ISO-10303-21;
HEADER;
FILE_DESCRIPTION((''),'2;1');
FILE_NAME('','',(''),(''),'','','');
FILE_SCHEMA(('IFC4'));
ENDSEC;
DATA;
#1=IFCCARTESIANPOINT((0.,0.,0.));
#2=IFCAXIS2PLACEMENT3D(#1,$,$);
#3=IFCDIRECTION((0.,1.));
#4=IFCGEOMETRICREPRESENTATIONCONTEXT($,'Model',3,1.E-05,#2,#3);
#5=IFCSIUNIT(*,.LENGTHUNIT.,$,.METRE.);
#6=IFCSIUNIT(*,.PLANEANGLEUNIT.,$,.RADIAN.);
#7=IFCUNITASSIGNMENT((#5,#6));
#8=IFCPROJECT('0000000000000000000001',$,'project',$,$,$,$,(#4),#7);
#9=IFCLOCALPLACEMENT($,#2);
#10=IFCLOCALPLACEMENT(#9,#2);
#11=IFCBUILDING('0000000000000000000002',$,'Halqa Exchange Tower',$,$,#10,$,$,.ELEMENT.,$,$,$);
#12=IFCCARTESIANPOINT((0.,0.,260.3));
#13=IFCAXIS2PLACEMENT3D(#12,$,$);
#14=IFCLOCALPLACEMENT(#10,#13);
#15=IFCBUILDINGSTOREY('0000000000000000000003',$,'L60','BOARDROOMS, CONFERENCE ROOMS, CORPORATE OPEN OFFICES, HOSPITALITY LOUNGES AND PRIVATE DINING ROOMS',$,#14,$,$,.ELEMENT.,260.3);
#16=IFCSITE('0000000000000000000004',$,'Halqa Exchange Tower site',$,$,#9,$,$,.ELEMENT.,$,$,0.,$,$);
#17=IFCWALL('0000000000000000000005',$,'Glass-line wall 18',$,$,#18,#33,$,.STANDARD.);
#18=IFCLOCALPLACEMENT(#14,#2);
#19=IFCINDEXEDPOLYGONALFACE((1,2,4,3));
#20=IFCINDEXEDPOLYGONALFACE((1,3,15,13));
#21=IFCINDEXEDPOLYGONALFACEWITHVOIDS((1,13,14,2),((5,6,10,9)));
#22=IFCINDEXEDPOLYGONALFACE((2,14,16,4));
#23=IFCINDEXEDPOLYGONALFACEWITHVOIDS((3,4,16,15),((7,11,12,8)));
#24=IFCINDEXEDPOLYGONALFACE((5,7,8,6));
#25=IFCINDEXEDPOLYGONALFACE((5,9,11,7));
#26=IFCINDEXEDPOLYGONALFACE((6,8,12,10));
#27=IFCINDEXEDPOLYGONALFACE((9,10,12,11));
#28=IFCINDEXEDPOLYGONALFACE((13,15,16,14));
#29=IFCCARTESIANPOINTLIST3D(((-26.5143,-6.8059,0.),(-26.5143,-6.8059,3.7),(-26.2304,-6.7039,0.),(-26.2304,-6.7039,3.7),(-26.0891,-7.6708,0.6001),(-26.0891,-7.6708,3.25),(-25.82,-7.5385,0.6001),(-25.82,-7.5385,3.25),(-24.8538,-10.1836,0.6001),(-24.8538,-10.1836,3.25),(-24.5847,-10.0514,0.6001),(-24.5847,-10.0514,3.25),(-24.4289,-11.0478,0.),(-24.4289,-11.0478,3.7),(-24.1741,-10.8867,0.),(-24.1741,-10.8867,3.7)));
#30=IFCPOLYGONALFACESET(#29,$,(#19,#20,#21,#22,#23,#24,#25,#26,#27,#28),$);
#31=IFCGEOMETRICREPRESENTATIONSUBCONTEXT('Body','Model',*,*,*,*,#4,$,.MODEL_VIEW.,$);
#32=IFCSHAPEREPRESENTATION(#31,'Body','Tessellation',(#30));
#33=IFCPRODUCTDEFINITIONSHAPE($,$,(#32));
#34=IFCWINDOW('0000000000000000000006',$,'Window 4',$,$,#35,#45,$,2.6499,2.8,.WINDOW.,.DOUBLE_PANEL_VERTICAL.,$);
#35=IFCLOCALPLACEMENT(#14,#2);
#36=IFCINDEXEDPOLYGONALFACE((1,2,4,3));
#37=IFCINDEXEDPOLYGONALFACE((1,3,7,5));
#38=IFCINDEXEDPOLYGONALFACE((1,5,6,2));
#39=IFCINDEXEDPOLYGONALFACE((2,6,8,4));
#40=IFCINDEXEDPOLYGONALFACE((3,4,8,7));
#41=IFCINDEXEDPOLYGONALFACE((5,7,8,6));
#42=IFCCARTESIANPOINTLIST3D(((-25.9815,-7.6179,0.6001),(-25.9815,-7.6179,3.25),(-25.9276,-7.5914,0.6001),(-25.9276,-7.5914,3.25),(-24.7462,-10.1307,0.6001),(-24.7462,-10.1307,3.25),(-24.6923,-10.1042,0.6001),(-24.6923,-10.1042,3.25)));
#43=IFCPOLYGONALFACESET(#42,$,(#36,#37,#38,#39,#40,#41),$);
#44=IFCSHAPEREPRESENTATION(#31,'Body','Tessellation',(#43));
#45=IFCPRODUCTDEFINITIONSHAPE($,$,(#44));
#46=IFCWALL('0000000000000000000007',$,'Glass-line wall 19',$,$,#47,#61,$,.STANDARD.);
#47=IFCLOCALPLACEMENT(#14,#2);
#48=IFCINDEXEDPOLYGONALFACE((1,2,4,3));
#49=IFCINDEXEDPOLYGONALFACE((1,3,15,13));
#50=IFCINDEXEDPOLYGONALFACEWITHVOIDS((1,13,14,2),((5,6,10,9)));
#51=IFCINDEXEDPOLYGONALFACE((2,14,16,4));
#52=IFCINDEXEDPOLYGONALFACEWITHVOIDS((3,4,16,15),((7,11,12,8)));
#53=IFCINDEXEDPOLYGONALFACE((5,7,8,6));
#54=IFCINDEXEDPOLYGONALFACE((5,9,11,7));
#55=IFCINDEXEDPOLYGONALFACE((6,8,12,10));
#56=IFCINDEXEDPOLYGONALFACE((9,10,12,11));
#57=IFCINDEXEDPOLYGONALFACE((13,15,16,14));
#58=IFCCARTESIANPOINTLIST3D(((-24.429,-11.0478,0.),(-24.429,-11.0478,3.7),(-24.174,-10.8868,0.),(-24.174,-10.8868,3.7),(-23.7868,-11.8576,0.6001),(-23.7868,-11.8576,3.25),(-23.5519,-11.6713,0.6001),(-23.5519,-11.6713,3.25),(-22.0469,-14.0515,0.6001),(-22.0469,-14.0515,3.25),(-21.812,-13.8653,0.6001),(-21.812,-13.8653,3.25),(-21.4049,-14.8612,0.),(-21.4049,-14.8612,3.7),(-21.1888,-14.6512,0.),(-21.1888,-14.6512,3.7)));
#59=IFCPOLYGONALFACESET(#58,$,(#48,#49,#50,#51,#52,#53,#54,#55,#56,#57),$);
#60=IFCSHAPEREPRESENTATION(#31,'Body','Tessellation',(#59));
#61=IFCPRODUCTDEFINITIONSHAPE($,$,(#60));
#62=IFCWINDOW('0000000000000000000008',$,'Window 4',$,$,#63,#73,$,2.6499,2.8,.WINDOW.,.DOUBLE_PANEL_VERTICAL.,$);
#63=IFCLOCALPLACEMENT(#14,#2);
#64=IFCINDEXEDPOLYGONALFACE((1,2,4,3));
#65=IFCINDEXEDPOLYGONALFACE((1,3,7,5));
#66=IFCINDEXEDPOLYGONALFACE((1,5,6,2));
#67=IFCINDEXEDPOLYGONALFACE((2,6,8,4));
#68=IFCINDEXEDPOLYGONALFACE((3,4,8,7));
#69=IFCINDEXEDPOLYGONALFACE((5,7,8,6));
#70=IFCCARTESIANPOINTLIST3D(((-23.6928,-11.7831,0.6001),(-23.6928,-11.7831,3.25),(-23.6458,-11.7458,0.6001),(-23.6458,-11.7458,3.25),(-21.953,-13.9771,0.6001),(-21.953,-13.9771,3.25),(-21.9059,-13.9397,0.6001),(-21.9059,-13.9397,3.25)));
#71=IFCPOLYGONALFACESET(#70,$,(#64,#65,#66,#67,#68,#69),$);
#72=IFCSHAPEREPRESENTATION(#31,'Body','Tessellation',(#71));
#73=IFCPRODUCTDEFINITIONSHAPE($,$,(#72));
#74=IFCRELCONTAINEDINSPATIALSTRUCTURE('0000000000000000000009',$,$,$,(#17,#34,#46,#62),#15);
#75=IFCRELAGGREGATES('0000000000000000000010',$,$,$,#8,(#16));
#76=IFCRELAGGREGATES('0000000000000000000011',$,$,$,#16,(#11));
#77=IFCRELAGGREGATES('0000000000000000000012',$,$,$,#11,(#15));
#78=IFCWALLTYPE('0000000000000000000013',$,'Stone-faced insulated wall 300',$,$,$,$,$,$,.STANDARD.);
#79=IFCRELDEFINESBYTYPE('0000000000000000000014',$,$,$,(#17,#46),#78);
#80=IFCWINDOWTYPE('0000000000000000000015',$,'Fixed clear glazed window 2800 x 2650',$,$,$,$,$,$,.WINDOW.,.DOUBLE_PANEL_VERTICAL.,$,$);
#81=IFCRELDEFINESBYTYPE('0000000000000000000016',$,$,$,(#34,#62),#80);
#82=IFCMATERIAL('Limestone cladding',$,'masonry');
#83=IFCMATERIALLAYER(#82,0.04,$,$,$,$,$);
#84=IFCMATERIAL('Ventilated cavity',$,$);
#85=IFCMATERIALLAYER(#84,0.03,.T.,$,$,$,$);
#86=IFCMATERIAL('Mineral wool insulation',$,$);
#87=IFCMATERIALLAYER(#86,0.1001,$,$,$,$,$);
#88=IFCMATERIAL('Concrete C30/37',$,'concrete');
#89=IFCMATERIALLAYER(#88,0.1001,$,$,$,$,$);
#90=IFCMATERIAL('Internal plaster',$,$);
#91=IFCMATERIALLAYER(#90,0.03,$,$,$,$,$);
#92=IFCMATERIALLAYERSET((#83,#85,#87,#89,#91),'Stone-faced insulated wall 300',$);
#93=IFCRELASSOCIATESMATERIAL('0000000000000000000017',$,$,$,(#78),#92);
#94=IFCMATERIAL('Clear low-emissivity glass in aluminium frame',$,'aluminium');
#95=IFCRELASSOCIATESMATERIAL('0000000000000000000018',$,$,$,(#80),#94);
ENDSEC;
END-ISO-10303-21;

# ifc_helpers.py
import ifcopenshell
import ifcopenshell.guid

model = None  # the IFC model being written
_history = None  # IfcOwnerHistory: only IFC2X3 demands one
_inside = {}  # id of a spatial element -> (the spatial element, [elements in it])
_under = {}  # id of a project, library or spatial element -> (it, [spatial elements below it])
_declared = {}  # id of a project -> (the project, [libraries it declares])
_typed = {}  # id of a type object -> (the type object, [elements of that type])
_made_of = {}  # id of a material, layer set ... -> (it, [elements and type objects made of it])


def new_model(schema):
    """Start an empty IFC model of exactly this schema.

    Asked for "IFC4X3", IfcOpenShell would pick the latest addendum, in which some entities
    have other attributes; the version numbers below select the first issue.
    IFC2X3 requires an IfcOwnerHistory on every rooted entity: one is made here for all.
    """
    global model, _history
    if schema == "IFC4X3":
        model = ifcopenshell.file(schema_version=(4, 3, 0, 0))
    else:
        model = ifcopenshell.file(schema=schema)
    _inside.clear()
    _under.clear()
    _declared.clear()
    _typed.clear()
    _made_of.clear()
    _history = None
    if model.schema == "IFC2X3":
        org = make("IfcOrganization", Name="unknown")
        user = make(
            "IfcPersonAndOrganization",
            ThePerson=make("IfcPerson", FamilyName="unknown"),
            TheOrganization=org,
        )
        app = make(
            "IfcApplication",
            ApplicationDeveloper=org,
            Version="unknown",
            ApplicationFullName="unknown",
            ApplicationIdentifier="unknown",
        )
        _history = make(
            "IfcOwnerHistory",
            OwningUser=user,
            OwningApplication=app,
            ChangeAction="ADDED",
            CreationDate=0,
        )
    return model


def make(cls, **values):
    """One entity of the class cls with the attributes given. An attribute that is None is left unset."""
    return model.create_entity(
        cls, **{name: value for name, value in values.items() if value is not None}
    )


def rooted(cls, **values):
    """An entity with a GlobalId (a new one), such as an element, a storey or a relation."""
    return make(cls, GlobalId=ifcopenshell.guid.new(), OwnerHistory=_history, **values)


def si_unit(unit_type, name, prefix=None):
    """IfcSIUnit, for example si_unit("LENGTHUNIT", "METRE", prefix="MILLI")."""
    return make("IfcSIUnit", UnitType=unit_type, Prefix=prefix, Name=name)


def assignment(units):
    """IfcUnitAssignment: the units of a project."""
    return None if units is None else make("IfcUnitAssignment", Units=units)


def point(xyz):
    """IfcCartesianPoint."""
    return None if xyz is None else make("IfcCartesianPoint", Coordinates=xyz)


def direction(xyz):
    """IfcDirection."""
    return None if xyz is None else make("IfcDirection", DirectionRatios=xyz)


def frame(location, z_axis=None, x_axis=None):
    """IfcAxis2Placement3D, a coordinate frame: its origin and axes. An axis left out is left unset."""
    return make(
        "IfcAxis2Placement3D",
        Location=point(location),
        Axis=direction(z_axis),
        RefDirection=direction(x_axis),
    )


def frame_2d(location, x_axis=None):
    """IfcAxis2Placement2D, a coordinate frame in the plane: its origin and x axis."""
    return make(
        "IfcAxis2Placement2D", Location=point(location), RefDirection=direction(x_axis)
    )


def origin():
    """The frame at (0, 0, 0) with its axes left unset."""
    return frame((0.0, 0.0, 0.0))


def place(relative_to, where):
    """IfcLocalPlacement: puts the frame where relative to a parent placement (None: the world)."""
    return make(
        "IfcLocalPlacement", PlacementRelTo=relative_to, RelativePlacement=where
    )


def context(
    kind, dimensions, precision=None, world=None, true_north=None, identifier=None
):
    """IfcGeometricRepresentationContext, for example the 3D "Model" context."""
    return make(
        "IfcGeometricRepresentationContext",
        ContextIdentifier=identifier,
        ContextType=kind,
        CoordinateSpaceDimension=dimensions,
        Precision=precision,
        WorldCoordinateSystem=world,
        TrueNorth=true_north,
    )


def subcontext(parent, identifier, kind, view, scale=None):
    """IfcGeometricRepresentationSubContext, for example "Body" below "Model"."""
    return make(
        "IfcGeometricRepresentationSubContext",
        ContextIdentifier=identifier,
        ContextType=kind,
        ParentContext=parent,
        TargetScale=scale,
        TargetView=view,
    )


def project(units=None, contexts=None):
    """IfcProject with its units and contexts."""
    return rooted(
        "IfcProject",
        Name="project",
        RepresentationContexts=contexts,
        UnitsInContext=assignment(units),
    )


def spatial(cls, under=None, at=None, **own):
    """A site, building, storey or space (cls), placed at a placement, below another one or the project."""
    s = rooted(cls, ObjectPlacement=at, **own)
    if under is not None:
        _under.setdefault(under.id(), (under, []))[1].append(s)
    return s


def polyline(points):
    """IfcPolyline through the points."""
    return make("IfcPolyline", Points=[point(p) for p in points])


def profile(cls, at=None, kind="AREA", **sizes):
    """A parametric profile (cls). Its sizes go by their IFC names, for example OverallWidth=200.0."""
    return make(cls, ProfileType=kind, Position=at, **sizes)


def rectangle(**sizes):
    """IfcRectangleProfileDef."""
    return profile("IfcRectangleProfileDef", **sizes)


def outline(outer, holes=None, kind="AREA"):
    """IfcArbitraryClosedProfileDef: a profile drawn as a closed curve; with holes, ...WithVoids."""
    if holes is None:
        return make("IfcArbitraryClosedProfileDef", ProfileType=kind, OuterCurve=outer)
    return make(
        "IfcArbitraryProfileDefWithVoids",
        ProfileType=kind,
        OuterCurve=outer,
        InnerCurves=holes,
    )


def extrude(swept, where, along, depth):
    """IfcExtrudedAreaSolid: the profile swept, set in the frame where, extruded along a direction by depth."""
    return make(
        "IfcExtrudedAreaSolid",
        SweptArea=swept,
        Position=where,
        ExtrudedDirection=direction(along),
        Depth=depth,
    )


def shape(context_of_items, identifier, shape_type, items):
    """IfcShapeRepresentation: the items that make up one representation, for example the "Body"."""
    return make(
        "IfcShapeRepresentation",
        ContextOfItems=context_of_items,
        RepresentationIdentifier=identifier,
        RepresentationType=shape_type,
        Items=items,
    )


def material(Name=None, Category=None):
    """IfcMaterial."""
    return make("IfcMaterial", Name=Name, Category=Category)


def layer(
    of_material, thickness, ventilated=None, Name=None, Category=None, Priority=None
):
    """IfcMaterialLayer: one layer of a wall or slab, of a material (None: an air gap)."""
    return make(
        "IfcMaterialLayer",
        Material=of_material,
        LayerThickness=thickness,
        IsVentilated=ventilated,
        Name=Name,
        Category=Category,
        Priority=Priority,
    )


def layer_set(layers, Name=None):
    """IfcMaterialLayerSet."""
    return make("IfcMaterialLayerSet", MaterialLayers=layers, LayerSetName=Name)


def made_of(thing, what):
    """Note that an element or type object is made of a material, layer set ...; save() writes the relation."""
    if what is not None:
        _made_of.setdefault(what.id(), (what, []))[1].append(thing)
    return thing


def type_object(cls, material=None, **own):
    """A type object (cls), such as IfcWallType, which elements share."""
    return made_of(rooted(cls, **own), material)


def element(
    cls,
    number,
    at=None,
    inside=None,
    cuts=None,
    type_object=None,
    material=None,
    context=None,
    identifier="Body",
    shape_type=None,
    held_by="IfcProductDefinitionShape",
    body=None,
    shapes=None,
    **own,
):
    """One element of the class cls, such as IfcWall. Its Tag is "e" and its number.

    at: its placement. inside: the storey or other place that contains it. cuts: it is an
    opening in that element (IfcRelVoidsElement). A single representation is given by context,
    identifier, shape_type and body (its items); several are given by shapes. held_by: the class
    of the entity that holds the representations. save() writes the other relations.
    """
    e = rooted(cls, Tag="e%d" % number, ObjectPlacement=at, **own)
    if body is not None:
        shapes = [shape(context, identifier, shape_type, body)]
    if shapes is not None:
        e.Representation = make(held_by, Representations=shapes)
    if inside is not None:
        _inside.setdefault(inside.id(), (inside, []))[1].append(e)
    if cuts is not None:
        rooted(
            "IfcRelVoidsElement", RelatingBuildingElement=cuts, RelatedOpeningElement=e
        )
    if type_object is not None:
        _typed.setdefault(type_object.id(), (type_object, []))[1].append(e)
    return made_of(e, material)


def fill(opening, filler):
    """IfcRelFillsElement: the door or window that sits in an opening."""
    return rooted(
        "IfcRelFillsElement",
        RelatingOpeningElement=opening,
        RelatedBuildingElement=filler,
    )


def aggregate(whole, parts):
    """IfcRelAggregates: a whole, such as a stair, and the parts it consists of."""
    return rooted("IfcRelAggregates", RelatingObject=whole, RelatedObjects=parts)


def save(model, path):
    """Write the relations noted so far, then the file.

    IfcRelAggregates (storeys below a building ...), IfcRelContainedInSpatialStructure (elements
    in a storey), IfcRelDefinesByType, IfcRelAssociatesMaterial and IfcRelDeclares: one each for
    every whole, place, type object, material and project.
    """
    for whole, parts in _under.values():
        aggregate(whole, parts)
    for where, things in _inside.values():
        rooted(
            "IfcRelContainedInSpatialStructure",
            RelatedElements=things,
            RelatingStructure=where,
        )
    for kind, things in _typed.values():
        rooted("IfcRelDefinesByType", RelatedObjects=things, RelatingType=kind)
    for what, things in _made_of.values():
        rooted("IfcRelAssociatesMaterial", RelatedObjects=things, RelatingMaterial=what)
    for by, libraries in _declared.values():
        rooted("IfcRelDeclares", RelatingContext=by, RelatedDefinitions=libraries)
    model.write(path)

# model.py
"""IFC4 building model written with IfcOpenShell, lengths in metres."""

from ifc_helpers import new_model, si_unit, direction, frame, frame_2d, origin, place, context, subcontext, project, spatial, polyline, rectangle, outline, extrude, material, layer, layer_set, type_object, element, fill, save


model = new_model("IFC4")

# Units and contexts
model_context = context("Model", 3, precision=1e-05, world=origin(), true_north=direction((0.0, 1.0)))
body_context = subcontext(model_context, "Body", "Model", "MODEL_VIEW")
ifc_project = project(units=[si_unit("LENGTHUNIT", "METRE"), si_unit("PLANEANGLEUNIT", "RADIAN")], contexts=[model_context])

# Site, building, storey
site_placement = place(None, origin())
site = spatial("IfcSite", under=ifc_project, at=site_placement, Name="Halqa Exchange Tower site", CompositionType="ELEMENT", RefElevation=0.0)
building_placement = place(site_placement, origin())
building = spatial("IfcBuilding", under=site, at=building_placement, Name="Halqa Exchange Tower", CompositionType="ELEMENT")
storey_placement = place(building_placement, frame((0.0, 0.0, 260.3)))
storey = spatial("IfcBuildingStorey", under=building, at=storey_placement, Name="L60", Description="BOARDROOMS, CONFERENCE ROOMS, CORPORATE OPEN OFFICES, HOSPITALITY LOUNGES AND PRIVATE DINING ROOMS", CompositionType="ELEMENT", Elevation=260.3)

# Walls, openings, windows
ifc_material_1 = material(Name="Limestone cladding", Category="masonry")
ifc_layer_1 = layer(ifc_material_1, 0.04)
ifc_material_2 = material(Name="Ventilated cavity")
ifc_layer_2 = layer(ifc_material_2, 0.03, ventilated=True)
ifc_material_3 = material(Name="Mineral wool insulation")
ifc_layer_3 = layer(ifc_material_3, 0.1001)
ifc_material_4 = material(Name="Concrete C30/37", Category="concrete")
ifc_layer_4 = layer(ifc_material_4, 0.1001)
ifc_material_5 = material(Name="Internal plaster")
ifc_layer_5 = layer(ifc_material_5, 0.03)
ifc_layer_set_1 = layer_set([ifc_layer_1, ifc_layer_2, ifc_layer_3, ifc_layer_4, ifc_layer_5], Name="Stone-faced insulated wall 300")
wall_type_1 = type_object("IfcWallType", Name="Stone-faced insulated wall 300", PredefinedType="STANDARD", material=ifc_layer_set_1)
ifc_material_6 = material(Name="Clear low-emissivity glass in aluminium frame", Category="aluminium")
window_type = type_object("IfcWindowType", Name="Fixed clear glazed window 2800 x 2650", PartitioningType="DOUBLE_PANEL_VERTICAL", PredefinedType="WINDOW", material=ifc_material_6)
wall_1_placement = place(storey_placement, frame((-26.3723, -6.7549, 0.0), z_axis=(0.0, 0.0, 1.0), x_axis=(0.44117, -0.897424, 0.0)))
wall_1 = element("IfcWall", 1, at=wall_1_placement, inside=storey, type_object=wall_type_1, Name="Glass-line wall 18", PredefinedType="STANDARD", context=body_context, shape_type="SweptSolid", body=[
    extrude(outline(polyline([(-0.0168, -0.1499), (4.71, -0.1499), (4.6777, 0.1499), (0.0168, 0.1499), (-0.0168, -0.1499)])), origin(), (0.0, 0.0, 1.0), 3.7),
])
opening_1_placement = place(wall_1_placement, frame((0.947, 0.0, 0.6001)))
opening_1 = element("IfcOpeningElement", 2, at=opening_1_placement, cuts=wall_1, PredefinedType="OPENING", context=body_context, shape_type="SweptSolid", body=[
    extrude(rectangle(XDim=2.8, YDim=2.6499, at=frame_2d((1.3999, 1.325))), frame((0.0, 0.1621, 0.0), z_axis=(0.0, -1.0, 0.0), x_axis=(1.0, 0.0, 0.0)), (0.0, 0.0, 1.0), 0.324),
])
window_1_placement = place(opening_1_placement, origin())
window_1 = element("IfcWindow", 3, at=window_1_placement, inside=storey, type_object=window_type, Name="Window 4", OverallHeight=2.6499, OverallWidth=2.8, PartitioningType="DOUBLE_PANEL_VERTICAL", PredefinedType="WINDOW", context=body_context, shape_type="SweptSolid", body=[
    extrude(rectangle(XDim=2.8, YDim=2.6499, at=frame_2d((1.3999, 1.325))), frame((0.0, 0.03, 0.0), z_axis=(0.0, -1.0, 0.0), x_axis=(1.0, 0.0, 0.0)), (0.0, 0.0, 1.0), 0.0601),
])
fill(opening_1, window_1)
wall_2_placement = place(storey_placement, frame((-24.3015, -10.9673, 0.0), z_axis=(0.0, 0.0, 1.0), x_axis=(0.621358, -0.783526, 0.0)))
wall_2 = element("IfcWall", 4, at=wall_2_placement, inside=storey, type_object=wall_type_1, Name="Glass-line wall 19", PredefinedType="STANDARD", context=body_context, shape_type="SweptSolid", body=[
    extrude(outline(polyline([(-0.0161, -0.1499), (4.8508, -0.1499), (4.8206, 0.1499), (0.0161, 0.1499), (-0.0161, -0.1499)])), origin(), (0.0, 0.0, 1.0), 3.7),
])
opening_2_placement = place(wall_2_placement, frame((1.0176, 0.0, 0.6001)))
opening_2 = element("IfcOpeningElement", 5, at=opening_2_placement, cuts=wall_2, PredefinedType="OPENING", context=body_context, shape_type="SweptSolid", body=[
    extrude(rectangle(XDim=2.8, YDim=2.6499, at=frame_2d((1.3999, 1.325))), frame((0.0, 0.1621, 0.0), z_axis=(0.0, -1.0, 0.0), x_axis=(1.0, 0.0, 0.0)), (0.0, 0.0, 1.0), 0.324),
])
window_2_placement = place(opening_2_placement, origin())
window_2 = element("IfcWindow", 6, at=window_2_placement, inside=storey, type_object=window_type, Name="Window 4", OverallHeight=2.6499, OverallWidth=2.8, PartitioningType="DOUBLE_PANEL_VERTICAL", PredefinedType="WINDOW", context=body_context, shape_type="SweptSolid", body=[
    extrude(rectangle(XDim=2.8, YDim=2.6499, at=frame_2d((1.3999, 1.325))), frame((0.0, 0.03, 0.0), z_axis=(0.0, -1.0, 0.0), x_axis=(1.0, 0.0, 0.0)), (0.0, 0.0, 1.0), 0.0601),
])
fill(opening_2, window_2)

save(model, "model.ifc")
